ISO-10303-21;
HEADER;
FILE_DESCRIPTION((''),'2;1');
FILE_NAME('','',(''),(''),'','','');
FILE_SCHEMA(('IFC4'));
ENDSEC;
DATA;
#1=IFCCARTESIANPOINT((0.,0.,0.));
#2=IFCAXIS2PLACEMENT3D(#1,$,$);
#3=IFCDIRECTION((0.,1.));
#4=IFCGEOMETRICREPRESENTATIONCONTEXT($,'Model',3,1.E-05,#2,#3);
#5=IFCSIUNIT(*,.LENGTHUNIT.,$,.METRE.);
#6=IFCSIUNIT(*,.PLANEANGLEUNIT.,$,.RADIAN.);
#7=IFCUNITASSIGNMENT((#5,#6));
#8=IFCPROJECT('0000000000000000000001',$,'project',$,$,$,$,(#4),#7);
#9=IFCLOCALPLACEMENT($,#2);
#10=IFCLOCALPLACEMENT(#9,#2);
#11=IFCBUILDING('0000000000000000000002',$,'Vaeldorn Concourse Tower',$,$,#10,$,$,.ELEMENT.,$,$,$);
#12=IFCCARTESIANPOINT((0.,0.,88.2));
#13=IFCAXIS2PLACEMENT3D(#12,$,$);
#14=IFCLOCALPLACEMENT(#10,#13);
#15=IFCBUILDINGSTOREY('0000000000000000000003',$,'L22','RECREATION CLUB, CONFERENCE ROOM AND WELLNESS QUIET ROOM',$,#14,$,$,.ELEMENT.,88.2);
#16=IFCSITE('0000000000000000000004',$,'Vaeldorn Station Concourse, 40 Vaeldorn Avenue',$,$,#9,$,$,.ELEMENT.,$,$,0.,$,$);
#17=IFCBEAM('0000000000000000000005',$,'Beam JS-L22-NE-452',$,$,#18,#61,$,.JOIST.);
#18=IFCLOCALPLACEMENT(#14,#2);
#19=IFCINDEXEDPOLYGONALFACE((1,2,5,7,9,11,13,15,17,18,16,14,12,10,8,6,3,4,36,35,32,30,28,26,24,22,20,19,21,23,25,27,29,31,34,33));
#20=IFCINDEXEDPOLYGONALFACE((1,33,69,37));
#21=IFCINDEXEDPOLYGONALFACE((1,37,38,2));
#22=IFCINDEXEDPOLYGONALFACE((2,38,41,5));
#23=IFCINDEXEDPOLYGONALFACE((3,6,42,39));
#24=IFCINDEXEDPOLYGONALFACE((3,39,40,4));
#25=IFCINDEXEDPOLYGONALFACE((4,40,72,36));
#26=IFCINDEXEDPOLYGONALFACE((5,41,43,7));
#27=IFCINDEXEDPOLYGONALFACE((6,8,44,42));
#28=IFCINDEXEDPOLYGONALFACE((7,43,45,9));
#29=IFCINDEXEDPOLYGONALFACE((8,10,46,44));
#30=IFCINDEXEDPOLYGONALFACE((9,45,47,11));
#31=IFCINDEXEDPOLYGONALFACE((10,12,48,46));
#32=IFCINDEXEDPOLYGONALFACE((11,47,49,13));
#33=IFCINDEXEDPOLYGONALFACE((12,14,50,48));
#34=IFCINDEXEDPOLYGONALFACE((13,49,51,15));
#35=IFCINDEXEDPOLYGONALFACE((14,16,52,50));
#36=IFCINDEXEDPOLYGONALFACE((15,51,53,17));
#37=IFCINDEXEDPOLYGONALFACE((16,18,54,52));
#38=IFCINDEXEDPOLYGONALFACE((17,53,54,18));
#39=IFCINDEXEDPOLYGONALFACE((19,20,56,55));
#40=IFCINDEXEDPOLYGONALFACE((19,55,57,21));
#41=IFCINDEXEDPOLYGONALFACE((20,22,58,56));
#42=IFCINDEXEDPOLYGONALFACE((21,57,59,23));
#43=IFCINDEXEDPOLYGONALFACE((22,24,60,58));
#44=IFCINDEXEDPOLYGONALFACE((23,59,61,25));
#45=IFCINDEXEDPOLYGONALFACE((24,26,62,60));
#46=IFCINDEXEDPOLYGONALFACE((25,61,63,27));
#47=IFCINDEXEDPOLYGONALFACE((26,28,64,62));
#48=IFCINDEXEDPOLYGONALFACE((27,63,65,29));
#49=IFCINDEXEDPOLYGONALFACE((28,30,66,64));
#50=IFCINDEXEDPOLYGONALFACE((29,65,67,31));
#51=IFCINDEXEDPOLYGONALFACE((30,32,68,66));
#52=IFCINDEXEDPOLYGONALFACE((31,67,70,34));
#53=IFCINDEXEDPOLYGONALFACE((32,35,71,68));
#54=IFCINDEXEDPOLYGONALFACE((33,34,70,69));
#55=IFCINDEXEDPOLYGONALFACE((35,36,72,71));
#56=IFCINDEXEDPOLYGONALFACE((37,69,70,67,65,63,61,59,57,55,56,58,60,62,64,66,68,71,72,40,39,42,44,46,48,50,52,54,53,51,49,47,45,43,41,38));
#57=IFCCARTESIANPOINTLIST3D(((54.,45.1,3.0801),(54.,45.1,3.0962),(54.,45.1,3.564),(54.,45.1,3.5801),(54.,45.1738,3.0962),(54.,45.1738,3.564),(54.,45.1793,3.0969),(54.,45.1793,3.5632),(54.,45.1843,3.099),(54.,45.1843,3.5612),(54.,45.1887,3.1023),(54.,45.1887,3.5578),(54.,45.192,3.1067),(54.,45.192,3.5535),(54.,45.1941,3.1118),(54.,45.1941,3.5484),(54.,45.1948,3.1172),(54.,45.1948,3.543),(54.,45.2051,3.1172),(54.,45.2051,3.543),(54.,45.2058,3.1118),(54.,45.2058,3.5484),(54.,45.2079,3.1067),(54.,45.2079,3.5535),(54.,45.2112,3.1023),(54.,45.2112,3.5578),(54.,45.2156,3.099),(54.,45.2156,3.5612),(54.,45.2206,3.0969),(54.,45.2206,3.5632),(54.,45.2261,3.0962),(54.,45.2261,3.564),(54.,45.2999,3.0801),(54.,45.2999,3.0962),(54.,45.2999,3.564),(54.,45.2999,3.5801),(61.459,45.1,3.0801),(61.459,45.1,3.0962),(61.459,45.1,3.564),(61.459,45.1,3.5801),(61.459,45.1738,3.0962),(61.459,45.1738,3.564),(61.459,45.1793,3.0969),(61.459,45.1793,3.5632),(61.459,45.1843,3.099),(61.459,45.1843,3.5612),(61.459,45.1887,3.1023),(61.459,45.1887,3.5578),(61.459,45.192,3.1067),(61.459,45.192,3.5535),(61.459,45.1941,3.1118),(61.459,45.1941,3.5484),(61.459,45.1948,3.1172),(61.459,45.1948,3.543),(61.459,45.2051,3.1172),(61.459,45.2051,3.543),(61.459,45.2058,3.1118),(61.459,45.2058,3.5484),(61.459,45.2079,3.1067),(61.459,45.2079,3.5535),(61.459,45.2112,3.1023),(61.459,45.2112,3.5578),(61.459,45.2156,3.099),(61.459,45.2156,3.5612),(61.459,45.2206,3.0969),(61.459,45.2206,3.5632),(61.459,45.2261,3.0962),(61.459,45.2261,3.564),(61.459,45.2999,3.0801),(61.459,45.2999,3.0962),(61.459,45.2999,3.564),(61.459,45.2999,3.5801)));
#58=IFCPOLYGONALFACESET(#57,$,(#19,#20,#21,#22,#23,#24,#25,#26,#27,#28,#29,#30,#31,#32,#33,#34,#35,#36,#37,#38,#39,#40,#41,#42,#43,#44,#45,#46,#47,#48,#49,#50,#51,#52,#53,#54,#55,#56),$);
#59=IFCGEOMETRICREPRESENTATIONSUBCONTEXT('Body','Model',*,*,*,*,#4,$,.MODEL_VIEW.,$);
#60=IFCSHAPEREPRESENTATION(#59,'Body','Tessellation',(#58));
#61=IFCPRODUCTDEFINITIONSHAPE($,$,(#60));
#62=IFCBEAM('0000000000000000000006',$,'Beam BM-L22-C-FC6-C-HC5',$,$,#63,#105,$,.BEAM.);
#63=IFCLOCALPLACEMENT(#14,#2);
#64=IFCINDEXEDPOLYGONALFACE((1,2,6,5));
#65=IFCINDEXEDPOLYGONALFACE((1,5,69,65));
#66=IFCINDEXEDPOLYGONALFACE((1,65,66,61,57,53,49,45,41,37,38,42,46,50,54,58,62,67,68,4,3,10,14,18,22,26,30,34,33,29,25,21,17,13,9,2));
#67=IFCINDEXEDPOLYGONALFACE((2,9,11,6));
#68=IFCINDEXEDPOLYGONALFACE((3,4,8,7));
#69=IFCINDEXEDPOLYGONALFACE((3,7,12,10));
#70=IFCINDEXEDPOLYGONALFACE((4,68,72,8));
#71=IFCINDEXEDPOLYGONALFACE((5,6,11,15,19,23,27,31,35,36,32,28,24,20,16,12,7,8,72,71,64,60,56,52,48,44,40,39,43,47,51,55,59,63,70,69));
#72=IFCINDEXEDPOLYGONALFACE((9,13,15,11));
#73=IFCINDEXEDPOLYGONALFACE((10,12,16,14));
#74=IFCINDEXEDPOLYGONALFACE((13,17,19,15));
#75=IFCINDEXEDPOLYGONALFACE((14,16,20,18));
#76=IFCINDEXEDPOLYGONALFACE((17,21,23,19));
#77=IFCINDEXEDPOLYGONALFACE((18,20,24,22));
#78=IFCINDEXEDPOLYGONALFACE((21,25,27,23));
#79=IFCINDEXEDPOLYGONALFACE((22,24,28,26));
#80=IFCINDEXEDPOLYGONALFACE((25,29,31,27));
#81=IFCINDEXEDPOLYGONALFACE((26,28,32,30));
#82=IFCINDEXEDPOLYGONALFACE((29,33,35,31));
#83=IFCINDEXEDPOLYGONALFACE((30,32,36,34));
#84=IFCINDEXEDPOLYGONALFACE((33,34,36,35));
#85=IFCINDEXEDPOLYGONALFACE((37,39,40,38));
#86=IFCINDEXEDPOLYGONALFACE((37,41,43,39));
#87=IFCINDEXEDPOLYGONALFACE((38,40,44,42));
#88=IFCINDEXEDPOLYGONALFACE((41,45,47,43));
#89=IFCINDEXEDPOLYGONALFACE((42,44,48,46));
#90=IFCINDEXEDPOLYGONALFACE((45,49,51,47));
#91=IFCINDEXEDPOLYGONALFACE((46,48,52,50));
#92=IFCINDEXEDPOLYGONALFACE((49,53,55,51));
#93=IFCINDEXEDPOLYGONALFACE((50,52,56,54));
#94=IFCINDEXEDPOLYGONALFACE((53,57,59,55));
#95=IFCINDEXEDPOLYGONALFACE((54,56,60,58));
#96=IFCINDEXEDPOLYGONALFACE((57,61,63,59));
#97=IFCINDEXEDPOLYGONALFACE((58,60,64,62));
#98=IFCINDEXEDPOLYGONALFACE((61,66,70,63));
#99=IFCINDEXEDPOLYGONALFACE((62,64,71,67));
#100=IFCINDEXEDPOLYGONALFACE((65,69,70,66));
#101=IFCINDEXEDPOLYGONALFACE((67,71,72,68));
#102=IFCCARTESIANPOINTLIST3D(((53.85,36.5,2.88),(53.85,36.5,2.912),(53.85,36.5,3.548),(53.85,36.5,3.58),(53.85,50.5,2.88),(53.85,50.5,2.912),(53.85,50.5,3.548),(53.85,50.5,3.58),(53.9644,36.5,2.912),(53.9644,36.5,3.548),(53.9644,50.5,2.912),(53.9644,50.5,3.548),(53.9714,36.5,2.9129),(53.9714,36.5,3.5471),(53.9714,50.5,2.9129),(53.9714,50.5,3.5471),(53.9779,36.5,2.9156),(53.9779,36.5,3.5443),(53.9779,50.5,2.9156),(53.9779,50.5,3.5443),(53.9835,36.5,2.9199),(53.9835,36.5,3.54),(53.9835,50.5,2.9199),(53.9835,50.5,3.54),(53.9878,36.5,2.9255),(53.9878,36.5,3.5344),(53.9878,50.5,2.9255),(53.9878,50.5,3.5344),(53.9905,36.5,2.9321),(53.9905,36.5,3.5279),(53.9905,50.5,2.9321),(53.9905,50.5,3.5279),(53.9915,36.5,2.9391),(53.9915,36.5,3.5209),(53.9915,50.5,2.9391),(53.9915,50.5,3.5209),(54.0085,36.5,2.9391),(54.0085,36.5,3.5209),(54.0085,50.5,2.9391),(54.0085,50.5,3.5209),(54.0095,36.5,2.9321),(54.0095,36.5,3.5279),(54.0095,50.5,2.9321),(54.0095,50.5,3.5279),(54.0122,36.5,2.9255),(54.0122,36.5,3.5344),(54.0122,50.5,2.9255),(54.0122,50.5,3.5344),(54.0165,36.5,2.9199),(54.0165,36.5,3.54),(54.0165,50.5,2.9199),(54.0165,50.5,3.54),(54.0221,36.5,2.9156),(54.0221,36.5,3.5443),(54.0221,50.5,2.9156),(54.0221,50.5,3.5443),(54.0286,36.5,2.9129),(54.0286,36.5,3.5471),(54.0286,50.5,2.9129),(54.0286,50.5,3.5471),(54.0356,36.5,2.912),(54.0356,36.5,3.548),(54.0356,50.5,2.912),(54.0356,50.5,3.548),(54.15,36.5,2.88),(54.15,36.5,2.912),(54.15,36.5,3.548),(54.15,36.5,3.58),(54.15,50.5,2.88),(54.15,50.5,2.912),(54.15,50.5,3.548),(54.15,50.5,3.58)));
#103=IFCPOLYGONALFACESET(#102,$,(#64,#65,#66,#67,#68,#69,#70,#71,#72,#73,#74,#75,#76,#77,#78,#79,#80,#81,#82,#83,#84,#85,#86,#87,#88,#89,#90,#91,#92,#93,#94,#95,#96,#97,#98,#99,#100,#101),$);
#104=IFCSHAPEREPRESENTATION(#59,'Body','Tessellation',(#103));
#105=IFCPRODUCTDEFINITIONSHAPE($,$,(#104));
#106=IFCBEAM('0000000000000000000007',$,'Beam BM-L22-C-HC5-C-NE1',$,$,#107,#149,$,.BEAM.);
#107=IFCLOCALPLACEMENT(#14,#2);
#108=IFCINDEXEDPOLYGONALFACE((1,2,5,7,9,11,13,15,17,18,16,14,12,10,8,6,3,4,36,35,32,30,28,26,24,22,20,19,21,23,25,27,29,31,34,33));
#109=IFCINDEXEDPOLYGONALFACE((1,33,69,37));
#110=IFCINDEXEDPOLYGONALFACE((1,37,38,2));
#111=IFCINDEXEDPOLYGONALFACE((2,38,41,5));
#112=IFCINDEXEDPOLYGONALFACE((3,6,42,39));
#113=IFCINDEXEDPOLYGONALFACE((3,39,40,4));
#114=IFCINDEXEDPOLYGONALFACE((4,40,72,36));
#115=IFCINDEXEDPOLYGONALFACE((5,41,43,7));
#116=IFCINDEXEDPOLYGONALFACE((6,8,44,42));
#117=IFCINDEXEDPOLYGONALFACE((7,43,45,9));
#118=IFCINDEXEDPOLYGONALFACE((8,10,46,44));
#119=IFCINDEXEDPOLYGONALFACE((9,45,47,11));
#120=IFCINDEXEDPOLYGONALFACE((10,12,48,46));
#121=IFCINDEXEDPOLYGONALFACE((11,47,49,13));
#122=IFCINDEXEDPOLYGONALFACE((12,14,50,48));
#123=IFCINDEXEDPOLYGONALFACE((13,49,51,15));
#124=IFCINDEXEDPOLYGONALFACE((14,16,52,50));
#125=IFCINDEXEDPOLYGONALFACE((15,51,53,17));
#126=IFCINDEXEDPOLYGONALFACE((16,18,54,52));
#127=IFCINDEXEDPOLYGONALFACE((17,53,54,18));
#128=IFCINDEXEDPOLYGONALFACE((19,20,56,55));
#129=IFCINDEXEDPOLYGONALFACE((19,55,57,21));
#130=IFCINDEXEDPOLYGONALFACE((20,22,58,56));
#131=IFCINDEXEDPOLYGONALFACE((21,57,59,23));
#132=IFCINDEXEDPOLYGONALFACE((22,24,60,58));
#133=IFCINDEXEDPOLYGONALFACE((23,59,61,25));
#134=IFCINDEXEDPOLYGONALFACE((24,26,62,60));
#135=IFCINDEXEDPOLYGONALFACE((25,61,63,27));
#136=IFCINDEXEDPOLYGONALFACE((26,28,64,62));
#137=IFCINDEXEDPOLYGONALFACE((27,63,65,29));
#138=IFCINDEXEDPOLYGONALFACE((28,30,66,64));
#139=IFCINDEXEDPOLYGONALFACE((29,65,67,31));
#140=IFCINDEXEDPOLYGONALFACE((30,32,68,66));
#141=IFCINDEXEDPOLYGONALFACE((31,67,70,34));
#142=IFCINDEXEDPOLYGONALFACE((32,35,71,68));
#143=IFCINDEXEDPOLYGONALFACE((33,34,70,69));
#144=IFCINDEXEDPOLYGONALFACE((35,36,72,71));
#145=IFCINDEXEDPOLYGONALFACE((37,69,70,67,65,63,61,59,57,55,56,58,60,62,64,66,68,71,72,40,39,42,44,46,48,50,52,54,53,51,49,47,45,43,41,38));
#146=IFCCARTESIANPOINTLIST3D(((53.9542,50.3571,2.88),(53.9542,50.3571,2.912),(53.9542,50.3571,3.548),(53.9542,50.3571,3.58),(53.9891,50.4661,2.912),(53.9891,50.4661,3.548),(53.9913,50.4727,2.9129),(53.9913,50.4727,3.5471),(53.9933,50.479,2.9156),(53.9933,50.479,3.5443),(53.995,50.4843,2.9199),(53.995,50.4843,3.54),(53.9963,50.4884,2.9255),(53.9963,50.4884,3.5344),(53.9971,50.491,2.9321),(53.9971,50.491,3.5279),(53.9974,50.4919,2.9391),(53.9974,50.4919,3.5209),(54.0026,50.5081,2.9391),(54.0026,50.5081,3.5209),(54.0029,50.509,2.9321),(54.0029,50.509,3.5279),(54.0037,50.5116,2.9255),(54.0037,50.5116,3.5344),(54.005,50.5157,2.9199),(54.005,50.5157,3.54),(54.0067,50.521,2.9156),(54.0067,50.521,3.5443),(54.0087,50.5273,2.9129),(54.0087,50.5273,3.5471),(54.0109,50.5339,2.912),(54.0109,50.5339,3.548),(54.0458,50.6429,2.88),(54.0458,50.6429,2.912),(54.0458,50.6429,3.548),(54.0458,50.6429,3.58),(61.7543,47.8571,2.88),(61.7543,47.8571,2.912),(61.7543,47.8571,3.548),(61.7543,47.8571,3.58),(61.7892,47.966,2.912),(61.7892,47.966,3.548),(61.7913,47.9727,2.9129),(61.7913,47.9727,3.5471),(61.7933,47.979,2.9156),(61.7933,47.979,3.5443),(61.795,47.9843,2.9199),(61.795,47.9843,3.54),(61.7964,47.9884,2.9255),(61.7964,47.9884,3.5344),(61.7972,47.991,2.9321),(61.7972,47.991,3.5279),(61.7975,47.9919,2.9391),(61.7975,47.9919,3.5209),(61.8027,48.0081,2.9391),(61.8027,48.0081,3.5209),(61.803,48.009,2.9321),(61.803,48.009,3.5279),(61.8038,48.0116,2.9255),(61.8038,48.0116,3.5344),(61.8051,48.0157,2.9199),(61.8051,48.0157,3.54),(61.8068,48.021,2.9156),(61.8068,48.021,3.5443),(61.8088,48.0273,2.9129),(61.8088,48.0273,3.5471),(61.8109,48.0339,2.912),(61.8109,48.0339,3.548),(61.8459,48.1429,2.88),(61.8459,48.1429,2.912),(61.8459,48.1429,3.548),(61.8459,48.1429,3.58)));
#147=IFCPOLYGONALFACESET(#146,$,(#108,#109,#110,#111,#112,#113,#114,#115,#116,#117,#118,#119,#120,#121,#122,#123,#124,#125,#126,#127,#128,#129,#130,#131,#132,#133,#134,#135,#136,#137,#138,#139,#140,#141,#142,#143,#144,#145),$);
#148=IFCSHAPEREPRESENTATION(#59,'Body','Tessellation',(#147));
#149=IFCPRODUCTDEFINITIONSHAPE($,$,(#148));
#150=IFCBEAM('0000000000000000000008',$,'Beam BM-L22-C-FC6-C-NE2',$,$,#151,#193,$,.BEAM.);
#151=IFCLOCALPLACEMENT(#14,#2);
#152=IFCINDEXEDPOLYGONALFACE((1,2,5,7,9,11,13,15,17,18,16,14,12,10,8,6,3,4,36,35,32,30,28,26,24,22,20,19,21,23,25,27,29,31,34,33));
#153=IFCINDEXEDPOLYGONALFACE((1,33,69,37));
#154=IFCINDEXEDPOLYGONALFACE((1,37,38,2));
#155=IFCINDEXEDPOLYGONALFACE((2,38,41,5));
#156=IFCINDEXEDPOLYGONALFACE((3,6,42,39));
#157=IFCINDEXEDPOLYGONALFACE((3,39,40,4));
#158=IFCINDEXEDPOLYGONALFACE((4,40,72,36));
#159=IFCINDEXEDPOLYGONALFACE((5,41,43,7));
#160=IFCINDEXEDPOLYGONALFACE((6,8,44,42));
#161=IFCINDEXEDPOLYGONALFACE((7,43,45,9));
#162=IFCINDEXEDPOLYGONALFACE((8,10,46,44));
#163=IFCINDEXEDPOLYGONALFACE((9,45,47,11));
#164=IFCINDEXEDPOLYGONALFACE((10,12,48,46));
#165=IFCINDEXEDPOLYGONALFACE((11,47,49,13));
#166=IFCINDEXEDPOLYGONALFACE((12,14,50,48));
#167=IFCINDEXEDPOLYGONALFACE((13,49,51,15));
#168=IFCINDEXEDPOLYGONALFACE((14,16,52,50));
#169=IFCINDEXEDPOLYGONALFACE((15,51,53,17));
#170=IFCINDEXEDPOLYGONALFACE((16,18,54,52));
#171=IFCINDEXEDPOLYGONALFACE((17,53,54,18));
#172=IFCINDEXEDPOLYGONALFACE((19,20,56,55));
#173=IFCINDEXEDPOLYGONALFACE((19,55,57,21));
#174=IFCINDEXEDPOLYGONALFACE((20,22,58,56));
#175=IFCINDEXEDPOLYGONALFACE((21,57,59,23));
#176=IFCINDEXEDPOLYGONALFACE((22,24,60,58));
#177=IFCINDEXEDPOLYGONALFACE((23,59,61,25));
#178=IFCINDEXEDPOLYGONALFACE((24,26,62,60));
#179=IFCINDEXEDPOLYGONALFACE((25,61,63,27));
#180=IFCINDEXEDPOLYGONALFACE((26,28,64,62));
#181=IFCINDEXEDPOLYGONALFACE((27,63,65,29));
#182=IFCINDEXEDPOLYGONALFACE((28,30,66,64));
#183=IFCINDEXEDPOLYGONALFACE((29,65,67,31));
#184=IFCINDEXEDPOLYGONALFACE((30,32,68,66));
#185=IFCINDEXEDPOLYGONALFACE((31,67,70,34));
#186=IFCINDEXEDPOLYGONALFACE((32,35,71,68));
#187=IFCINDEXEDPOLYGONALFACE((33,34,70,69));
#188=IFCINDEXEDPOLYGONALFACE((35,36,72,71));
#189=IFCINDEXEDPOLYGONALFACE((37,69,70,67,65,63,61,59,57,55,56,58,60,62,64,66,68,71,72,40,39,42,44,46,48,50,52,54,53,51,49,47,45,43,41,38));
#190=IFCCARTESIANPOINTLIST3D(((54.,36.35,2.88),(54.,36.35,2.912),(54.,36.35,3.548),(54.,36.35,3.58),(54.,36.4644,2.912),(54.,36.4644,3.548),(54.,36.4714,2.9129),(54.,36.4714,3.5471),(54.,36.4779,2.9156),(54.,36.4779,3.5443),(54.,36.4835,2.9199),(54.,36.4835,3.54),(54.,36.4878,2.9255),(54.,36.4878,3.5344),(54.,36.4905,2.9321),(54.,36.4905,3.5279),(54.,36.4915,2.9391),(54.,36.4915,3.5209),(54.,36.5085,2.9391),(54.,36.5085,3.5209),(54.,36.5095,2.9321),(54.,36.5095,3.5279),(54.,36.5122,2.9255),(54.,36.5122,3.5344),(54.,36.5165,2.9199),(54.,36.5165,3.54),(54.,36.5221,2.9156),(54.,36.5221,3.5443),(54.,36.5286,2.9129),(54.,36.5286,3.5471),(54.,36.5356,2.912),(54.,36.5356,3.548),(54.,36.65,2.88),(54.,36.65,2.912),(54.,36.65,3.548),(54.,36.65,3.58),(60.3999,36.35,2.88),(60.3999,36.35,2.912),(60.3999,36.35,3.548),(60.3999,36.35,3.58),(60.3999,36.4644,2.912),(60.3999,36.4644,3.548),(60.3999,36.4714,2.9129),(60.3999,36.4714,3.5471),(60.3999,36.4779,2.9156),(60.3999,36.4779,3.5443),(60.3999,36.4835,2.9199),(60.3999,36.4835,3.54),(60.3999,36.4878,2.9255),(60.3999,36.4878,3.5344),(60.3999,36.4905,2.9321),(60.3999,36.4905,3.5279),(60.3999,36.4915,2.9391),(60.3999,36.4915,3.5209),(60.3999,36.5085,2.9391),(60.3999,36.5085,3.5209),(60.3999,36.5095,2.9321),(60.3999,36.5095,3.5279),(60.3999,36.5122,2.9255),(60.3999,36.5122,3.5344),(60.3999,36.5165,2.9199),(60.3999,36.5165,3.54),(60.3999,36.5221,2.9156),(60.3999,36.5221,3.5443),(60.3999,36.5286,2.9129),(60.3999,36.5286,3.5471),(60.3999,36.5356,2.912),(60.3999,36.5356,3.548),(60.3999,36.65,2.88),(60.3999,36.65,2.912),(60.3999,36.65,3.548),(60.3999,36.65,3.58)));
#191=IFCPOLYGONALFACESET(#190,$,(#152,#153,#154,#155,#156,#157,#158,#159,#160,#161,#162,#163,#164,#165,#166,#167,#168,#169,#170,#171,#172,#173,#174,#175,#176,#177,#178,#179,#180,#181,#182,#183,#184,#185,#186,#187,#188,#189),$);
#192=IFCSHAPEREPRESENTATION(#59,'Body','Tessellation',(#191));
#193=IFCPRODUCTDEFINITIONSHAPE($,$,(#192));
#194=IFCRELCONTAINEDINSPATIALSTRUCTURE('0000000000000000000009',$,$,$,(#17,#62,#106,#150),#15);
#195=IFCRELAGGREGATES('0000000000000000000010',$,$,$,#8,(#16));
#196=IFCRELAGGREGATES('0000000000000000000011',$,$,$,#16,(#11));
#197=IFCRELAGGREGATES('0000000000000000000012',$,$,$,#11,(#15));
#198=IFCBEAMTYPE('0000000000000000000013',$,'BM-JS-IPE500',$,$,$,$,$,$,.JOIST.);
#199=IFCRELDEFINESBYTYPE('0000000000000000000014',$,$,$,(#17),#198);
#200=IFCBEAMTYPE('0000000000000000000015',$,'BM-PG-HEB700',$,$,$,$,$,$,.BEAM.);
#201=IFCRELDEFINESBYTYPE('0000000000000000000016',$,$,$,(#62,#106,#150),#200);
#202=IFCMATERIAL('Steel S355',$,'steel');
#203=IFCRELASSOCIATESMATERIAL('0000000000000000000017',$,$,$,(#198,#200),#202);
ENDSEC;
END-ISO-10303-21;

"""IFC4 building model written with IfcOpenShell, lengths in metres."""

from ifc_helpers import new_model, si_unit, direction, frame, origin, origin_2d, place, context, subcontext, project, spatial, i_section, extrude, source, transform, mapped, material, material_profile, profile_set, type_object, element, save


model = new_model("IFC4")

# Units and contexts
model_context = context("Model", 3, precision=1e-05, world=origin(), true_north=direction((0.0, 1.0)))
body_context = subcontext(model_context, "Body", "Model", "MODEL_VIEW")
ifc_project = project(units=[si_unit("LENGTHUNIT", "METRE"), si_unit("PLANEANGLEUNIT", "RADIAN")], contexts=[model_context])

# Site, building, storey
site_placement = place(None, origin())
site = spatial("IfcSite", under=ifc_project, at=site_placement, Name="Vaeldorn Station Concourse, 40 Vaeldorn Avenue", CompositionType="ELEMENT", RefElevation=0.0)
building_placement = place(site_placement, origin())
building = spatial("IfcBuilding", under=site, at=building_placement, Name="Vaeldorn Concourse Tower", CompositionType="ELEMENT")
storey_placement = place(building_placement, frame((0.0, 0.0, 88.2)))
storey = spatial("IfcBuildingStorey", under=building, at=storey_placement, Name="L22", Description="RECREATION CLUB, CONFERENCE ROOM AND WELLNESS QUIET ROOM", CompositionType="ELEMENT", Elevation=88.2)

# Beams
ifc_material_1 = material(Name="Steel S355", Category="steel")
ifc_material_profile_1 = material_profile(ifc_material_1, i_section(OverallWidth=0.2, OverallDepth=0.5, WebThickness=0.0103, FlangeThickness=0.0161, FilletRadius=0.021, at=origin_2d()), Name="IPE 500")
ifc_profile_set_1 = profile_set([ifc_material_profile_1], Name="Steel S355")
beam_type_1 = type_object("IfcBeamType", Name="BM-JS-IPE500", PredefinedType="JOIST", material=ifc_profile_set_1)
shared_shape_1 = source(origin(), body_context, "Body", "SweptSolid", [
    extrude(i_section(OverallWidth=0.2, OverallDepth=0.5, WebThickness=0.0103, FlangeThickness=0.0161, FilletRadius=0.021, at=origin_2d()), origin(), (0.0, 0.0, 1.0), 7.459),
])
beam_1_placement = place(storey_placement, frame((54.0, 45.2, 3.3301), z_axis=(1.0, 0.0, 0.0), x_axis=(0.0, 1.0, 0.0)))
element("IfcBeam", 1, at=beam_1_placement, inside=storey, type_object=beam_type_1, Name="Beam JS-L22-NE-452", PredefinedType="JOIST", context=body_context, shape_type="MappedRepresentation", body=[
    mapped(shared_shape_1, transform((0.0, 0.0, 0.0), scale=1.0)),
])
ifc_material_profile_2 = material_profile(ifc_material_1, i_section(OverallWidth=0.3, OverallDepth=0.7, WebThickness=0.0171, FlangeThickness=0.032, FilletRadius=0.0271, at=origin_2d()), Name="HEB 700")
ifc_profile_set_2 = profile_set([ifc_material_profile_2], Name="Steel S355")
beam_type_2 = type_object("IfcBeamType", Name="BM-PG-HEB700", PredefinedType="BEAM", material=ifc_profile_set_2)
shared_shape_2 = source(origin(), body_context, "Body", "SweptSolid", [
    extrude(i_section(OverallWidth=0.3, OverallDepth=0.7, WebThickness=0.0171, FlangeThickness=0.032, FilletRadius=0.0271, at=origin_2d()), origin(), (0.0, 0.0, 1.0), 14.0),
])
beam_2_placement = place(storey_placement, frame((54.0, 36.5, 3.23), z_axis=(0.0, 1.0, 0.0), x_axis=(-1.0, 0.0, 0.0)))
element("IfcBeam", 2, at=beam_2_placement, inside=storey, type_object=beam_type_2, Name="Beam BM-L22-C-FC6-C-HC5", PredefinedType="BEAM", context=body_context, shape_type="MappedRepresentation", body=[
    mapped(shared_shape_2, transform((0.0, 0.0, 0.0), scale=1.0)),
])
shared_shape_3 = source(origin(), body_context, "Body", "SweptSolid", [
    extrude(i_section(OverallWidth=0.3, OverallDepth=0.7, WebThickness=0.0171, FlangeThickness=0.032, FilletRadius=0.0271, at=origin_2d()), origin(), (0.0, 0.0, 1.0), 8.1909),
])
beam_3_placement = place(storey_placement, frame((54.0, 50.5, 3.23), z_axis=(0.952283, -0.305217, 0.0), x_axis=(0.305217, 0.952283, 0.0)))
element("IfcBeam", 3, at=beam_3_placement, inside=storey, type_object=beam_type_2, Name="Beam BM-L22-C-HC5-C-NE1", PredefinedType="BEAM", context=body_context, shape_type="MappedRepresentation", body=[
    mapped(shared_shape_3, transform((0.0, 0.0, 0.0), scale=1.0)),
])
shared_shape_4 = source(origin(), body_context, "Body", "SweptSolid", [
    extrude(i_section(OverallWidth=0.3, OverallDepth=0.7, WebThickness=0.0171, FlangeThickness=0.032, FilletRadius=0.0271, at=origin_2d()), origin(), (0.0, 0.0, 1.0), 6.3999),
])
beam_4_placement = place(storey_placement, frame((54.0, 36.5, 3.23), z_axis=(1.0, 0.0, 0.0), x_axis=(0.0, 1.0, 0.0)))
element("IfcBeam", 4, at=beam_4_placement, inside=storey, type_object=beam_type_2, Name="Beam BM-L22-C-FC6-C-NE2", PredefinedType="BEAM", context=body_context, shape_type="MappedRepresentation", body=[
    mapped(shared_shape_4, transform((0.0, 0.0, 0.0), scale=1.0)),
])

save(model, "model.ifc")
